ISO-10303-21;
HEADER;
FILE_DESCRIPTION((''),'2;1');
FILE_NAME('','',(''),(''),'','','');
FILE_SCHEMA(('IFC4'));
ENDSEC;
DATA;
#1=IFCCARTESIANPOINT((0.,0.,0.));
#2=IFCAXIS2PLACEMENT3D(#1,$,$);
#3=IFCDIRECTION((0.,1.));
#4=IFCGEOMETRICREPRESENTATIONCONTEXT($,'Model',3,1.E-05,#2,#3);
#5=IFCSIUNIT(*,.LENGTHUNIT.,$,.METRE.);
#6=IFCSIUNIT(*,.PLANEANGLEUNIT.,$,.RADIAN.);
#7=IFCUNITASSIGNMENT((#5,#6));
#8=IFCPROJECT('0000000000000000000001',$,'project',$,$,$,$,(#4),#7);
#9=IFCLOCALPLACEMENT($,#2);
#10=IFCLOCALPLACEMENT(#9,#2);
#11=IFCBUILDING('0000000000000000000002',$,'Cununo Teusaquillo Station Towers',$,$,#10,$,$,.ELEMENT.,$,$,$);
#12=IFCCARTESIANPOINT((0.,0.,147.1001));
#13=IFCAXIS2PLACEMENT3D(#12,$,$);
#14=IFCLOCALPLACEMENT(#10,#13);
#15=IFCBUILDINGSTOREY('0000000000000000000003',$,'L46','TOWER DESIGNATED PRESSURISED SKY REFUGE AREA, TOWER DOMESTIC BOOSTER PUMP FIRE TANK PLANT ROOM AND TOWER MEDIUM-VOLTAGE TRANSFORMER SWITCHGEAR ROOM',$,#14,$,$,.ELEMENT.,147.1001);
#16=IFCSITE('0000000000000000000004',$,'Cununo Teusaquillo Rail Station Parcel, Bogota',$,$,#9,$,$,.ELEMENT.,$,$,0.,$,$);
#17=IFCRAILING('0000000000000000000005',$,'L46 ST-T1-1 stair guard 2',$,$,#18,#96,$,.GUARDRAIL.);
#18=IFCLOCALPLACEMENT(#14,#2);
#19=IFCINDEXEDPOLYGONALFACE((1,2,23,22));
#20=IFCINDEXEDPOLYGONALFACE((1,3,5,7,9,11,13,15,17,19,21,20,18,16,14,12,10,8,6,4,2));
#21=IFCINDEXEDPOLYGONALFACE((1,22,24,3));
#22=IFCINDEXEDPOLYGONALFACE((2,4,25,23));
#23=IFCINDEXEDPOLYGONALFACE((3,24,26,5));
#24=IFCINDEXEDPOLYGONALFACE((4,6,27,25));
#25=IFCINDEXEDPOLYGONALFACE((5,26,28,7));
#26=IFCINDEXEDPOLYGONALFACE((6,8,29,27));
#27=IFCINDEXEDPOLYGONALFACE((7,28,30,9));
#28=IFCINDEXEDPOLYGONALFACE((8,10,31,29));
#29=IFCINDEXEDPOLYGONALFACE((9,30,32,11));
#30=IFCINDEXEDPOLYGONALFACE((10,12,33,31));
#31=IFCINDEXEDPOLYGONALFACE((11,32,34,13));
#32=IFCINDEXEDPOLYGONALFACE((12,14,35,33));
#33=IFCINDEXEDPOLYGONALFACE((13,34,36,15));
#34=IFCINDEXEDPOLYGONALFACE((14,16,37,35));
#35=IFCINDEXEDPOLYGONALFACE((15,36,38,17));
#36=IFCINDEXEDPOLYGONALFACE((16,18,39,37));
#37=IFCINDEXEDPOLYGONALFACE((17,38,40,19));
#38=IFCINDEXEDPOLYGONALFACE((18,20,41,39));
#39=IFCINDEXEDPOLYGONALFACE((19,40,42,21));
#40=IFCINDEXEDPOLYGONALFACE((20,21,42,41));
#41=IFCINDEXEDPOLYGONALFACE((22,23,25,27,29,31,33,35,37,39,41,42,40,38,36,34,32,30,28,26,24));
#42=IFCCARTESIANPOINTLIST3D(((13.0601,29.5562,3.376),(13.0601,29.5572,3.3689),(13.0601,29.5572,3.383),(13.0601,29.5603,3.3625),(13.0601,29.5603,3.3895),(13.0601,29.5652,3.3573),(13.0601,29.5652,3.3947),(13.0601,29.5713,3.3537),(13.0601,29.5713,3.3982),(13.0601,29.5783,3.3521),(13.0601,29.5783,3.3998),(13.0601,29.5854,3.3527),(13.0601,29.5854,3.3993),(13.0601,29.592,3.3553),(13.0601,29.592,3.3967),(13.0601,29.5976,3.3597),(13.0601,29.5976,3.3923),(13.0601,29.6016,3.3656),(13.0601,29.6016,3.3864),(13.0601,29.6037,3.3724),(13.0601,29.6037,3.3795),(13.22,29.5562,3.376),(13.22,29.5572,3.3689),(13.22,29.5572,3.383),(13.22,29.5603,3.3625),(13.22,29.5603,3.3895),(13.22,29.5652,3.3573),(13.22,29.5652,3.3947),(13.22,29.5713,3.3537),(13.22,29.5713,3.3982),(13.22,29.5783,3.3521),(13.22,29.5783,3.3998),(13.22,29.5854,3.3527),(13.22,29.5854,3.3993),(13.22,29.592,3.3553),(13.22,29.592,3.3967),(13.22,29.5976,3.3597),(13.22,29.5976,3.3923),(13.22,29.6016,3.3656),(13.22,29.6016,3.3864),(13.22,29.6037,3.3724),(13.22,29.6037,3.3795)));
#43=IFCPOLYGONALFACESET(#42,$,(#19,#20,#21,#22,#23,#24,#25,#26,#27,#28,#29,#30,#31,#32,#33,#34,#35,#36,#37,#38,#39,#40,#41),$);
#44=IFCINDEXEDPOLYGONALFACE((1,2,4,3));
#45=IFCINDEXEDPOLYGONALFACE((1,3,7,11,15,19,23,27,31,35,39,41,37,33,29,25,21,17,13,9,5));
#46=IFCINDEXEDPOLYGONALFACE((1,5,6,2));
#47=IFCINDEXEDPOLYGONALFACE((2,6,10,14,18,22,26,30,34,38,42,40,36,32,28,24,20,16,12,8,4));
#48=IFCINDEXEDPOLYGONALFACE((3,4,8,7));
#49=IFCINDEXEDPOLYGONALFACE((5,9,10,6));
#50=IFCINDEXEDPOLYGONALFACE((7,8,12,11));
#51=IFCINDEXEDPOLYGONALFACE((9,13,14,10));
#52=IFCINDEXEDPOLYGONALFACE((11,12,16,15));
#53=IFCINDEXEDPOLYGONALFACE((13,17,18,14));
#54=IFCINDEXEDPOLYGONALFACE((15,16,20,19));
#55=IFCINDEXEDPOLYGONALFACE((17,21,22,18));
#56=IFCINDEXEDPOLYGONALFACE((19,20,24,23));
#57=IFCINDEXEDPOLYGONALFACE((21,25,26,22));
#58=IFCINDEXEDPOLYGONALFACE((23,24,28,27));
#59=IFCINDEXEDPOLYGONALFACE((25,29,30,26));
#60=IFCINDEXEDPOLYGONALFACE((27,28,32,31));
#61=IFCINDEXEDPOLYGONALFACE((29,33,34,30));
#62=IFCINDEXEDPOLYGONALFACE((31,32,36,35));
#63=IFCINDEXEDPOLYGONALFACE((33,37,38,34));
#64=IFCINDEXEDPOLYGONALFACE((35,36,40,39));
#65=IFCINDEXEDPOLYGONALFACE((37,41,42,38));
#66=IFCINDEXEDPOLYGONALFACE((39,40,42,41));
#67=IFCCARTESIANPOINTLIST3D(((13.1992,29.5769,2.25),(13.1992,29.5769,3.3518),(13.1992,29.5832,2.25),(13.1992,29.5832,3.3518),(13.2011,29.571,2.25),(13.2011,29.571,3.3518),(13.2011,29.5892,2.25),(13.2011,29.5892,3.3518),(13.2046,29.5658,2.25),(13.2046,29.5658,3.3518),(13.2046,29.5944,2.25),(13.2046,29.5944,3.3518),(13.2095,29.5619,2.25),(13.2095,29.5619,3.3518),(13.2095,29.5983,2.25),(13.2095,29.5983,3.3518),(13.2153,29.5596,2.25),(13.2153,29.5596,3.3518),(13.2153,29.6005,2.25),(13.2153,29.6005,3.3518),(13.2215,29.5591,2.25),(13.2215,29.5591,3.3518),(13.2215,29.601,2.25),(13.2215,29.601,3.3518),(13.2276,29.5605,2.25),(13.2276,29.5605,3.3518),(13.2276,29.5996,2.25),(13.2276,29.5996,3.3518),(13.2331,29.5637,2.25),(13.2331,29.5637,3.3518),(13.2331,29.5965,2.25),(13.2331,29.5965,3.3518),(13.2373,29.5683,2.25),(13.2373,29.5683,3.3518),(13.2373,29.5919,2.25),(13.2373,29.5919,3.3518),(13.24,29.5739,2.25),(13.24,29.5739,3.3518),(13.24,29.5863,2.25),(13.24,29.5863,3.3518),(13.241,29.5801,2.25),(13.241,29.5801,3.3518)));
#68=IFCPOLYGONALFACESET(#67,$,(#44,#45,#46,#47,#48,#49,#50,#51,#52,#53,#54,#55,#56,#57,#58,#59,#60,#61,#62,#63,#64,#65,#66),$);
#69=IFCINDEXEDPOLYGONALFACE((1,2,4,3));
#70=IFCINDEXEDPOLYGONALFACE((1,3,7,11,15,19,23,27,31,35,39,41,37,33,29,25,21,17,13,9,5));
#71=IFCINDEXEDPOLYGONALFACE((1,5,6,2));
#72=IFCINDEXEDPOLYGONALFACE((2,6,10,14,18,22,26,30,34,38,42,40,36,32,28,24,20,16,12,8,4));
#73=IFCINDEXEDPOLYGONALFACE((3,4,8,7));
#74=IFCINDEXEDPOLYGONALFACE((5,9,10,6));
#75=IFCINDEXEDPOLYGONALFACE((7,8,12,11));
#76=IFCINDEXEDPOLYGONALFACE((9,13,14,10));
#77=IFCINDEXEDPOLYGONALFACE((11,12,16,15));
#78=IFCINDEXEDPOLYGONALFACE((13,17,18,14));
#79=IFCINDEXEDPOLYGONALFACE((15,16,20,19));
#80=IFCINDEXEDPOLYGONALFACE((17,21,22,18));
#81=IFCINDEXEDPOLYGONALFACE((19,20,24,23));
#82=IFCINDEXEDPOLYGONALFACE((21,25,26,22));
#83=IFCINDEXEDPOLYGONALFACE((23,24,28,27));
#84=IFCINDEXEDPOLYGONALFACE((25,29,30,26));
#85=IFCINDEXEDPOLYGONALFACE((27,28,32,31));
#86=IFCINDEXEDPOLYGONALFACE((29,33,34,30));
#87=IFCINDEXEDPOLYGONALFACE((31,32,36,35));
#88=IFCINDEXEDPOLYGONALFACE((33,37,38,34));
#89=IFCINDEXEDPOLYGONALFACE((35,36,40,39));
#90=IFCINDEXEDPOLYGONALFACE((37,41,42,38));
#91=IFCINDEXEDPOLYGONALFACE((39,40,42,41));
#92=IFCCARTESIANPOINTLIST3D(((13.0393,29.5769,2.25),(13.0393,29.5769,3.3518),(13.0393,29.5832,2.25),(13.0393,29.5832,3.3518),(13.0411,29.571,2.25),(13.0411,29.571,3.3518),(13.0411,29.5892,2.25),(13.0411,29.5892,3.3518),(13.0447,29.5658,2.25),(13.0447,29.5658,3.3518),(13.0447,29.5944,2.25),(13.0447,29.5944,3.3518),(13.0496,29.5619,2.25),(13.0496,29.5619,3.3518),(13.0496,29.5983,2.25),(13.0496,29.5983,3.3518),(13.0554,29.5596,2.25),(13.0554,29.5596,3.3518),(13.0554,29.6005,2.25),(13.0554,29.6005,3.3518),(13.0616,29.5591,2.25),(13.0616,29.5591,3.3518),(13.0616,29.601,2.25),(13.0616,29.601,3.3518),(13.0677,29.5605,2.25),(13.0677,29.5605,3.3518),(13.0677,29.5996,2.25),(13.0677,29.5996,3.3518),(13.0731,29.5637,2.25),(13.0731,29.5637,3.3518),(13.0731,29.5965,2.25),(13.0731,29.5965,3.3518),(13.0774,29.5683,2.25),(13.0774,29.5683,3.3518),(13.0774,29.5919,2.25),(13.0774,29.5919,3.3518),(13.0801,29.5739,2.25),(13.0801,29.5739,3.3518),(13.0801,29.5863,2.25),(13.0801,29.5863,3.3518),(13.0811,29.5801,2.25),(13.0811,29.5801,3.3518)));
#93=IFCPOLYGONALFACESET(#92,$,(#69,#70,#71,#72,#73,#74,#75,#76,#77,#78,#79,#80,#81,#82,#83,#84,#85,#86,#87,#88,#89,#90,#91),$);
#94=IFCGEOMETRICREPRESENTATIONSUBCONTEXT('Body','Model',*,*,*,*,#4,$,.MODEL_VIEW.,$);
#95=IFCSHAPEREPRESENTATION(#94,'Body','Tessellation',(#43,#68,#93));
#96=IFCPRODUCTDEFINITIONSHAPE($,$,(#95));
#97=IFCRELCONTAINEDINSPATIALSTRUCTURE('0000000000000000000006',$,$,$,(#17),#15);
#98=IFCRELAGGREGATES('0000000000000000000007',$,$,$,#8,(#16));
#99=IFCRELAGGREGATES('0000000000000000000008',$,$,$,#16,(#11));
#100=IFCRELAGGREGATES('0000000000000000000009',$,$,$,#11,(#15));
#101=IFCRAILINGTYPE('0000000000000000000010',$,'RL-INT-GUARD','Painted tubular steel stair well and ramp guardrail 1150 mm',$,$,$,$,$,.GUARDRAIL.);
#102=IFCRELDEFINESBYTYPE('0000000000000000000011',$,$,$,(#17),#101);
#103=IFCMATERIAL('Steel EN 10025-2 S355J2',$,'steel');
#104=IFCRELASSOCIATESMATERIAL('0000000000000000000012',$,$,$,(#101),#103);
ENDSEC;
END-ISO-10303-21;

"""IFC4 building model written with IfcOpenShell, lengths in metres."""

from ifc_helpers import new_model, si_unit, direction, frame, origin, origin_2d, place, context, subcontext, project, spatial, circle, extrude, material, type_object, element, save


model = new_model("IFC4")

# Units and contexts
model_context = context("Model", 3, precision=1e-05, world=origin(), true_north=direction((0.0, 1.0)))
body_context = subcontext(model_context, "Body", "Model", "MODEL_VIEW")
ifc_project = project(units=[si_unit("LENGTHUNIT", "METRE"), si_unit("PLANEANGLEUNIT", "RADIAN")], contexts=[model_context])

# Site, building, storey
site_placement = place(None, origin())
site = spatial("IfcSite", under=ifc_project, at=site_placement, Name="Cununo Teusaquillo Rail Station Parcel, Bogota", CompositionType="ELEMENT", RefElevation=0.0)
building_placement = place(site_placement, origin())
building = spatial("IfcBuilding", under=site, at=building_placement, Name="Cununo Teusaquillo Station Towers", CompositionType="ELEMENT")
storey_placement = place(building_placement, frame((0.0, 0.0, 147.1001)))
storey = spatial("IfcBuildingStorey", under=building, at=storey_placement, Name="L46", Description="TOWER DESIGNATED PRESSURISED SKY REFUGE AREA, TOWER DOMESTIC BOOSTER PUMP FIRE TANK PLANT ROOM AND TOWER MEDIUM-VOLTAGE TRANSFORMER SWITCHGEAR ROOM", CompositionType="ELEMENT", Elevation=147.1001)

# Railing
ifc_material_1 = material(Name="Steel EN 10025-2 S355J2", Category="steel")
railing_type_1 = type_object("IfcRailingType", Name="RL-INT-GUARD", Description="Painted tubular steel stair well and ramp guardrail 1150 mm", PredefinedType="GUARDRAIL", material=ifc_material_1)
railing_1_placement = place(storey_placement, frame((13.22, 29.5801, 2.25)))
element("IfcRailing", 1, at=railing_1_placement, inside=storey, type_object=railing_type_1, Name="L46 ST-T1-1 stair guard 2", PredefinedType="GUARDRAIL", context=body_context, shape_type="SweptSolid", body=[
    extrude(circle(Radius=0.0239, at=origin_2d()), frame((0.0, 0.0, 1.126), z_axis=(-1.0, 0.0, 0.0), x_axis=(0.0, -1.0, 0.0)), (0.0, 0.0, 1.0), 0.1599),
    extrude(circle(Radius=0.021, at=origin_2d()), origin(), (0.0, 0.0, 1.0), 1.1018),
    extrude(circle(Radius=0.021, at=origin_2d()), frame((-0.1599, 0.0, 0.0)), (0.0, 0.0, 1.0), 1.1018),
])

save(model, "model.ifc")
